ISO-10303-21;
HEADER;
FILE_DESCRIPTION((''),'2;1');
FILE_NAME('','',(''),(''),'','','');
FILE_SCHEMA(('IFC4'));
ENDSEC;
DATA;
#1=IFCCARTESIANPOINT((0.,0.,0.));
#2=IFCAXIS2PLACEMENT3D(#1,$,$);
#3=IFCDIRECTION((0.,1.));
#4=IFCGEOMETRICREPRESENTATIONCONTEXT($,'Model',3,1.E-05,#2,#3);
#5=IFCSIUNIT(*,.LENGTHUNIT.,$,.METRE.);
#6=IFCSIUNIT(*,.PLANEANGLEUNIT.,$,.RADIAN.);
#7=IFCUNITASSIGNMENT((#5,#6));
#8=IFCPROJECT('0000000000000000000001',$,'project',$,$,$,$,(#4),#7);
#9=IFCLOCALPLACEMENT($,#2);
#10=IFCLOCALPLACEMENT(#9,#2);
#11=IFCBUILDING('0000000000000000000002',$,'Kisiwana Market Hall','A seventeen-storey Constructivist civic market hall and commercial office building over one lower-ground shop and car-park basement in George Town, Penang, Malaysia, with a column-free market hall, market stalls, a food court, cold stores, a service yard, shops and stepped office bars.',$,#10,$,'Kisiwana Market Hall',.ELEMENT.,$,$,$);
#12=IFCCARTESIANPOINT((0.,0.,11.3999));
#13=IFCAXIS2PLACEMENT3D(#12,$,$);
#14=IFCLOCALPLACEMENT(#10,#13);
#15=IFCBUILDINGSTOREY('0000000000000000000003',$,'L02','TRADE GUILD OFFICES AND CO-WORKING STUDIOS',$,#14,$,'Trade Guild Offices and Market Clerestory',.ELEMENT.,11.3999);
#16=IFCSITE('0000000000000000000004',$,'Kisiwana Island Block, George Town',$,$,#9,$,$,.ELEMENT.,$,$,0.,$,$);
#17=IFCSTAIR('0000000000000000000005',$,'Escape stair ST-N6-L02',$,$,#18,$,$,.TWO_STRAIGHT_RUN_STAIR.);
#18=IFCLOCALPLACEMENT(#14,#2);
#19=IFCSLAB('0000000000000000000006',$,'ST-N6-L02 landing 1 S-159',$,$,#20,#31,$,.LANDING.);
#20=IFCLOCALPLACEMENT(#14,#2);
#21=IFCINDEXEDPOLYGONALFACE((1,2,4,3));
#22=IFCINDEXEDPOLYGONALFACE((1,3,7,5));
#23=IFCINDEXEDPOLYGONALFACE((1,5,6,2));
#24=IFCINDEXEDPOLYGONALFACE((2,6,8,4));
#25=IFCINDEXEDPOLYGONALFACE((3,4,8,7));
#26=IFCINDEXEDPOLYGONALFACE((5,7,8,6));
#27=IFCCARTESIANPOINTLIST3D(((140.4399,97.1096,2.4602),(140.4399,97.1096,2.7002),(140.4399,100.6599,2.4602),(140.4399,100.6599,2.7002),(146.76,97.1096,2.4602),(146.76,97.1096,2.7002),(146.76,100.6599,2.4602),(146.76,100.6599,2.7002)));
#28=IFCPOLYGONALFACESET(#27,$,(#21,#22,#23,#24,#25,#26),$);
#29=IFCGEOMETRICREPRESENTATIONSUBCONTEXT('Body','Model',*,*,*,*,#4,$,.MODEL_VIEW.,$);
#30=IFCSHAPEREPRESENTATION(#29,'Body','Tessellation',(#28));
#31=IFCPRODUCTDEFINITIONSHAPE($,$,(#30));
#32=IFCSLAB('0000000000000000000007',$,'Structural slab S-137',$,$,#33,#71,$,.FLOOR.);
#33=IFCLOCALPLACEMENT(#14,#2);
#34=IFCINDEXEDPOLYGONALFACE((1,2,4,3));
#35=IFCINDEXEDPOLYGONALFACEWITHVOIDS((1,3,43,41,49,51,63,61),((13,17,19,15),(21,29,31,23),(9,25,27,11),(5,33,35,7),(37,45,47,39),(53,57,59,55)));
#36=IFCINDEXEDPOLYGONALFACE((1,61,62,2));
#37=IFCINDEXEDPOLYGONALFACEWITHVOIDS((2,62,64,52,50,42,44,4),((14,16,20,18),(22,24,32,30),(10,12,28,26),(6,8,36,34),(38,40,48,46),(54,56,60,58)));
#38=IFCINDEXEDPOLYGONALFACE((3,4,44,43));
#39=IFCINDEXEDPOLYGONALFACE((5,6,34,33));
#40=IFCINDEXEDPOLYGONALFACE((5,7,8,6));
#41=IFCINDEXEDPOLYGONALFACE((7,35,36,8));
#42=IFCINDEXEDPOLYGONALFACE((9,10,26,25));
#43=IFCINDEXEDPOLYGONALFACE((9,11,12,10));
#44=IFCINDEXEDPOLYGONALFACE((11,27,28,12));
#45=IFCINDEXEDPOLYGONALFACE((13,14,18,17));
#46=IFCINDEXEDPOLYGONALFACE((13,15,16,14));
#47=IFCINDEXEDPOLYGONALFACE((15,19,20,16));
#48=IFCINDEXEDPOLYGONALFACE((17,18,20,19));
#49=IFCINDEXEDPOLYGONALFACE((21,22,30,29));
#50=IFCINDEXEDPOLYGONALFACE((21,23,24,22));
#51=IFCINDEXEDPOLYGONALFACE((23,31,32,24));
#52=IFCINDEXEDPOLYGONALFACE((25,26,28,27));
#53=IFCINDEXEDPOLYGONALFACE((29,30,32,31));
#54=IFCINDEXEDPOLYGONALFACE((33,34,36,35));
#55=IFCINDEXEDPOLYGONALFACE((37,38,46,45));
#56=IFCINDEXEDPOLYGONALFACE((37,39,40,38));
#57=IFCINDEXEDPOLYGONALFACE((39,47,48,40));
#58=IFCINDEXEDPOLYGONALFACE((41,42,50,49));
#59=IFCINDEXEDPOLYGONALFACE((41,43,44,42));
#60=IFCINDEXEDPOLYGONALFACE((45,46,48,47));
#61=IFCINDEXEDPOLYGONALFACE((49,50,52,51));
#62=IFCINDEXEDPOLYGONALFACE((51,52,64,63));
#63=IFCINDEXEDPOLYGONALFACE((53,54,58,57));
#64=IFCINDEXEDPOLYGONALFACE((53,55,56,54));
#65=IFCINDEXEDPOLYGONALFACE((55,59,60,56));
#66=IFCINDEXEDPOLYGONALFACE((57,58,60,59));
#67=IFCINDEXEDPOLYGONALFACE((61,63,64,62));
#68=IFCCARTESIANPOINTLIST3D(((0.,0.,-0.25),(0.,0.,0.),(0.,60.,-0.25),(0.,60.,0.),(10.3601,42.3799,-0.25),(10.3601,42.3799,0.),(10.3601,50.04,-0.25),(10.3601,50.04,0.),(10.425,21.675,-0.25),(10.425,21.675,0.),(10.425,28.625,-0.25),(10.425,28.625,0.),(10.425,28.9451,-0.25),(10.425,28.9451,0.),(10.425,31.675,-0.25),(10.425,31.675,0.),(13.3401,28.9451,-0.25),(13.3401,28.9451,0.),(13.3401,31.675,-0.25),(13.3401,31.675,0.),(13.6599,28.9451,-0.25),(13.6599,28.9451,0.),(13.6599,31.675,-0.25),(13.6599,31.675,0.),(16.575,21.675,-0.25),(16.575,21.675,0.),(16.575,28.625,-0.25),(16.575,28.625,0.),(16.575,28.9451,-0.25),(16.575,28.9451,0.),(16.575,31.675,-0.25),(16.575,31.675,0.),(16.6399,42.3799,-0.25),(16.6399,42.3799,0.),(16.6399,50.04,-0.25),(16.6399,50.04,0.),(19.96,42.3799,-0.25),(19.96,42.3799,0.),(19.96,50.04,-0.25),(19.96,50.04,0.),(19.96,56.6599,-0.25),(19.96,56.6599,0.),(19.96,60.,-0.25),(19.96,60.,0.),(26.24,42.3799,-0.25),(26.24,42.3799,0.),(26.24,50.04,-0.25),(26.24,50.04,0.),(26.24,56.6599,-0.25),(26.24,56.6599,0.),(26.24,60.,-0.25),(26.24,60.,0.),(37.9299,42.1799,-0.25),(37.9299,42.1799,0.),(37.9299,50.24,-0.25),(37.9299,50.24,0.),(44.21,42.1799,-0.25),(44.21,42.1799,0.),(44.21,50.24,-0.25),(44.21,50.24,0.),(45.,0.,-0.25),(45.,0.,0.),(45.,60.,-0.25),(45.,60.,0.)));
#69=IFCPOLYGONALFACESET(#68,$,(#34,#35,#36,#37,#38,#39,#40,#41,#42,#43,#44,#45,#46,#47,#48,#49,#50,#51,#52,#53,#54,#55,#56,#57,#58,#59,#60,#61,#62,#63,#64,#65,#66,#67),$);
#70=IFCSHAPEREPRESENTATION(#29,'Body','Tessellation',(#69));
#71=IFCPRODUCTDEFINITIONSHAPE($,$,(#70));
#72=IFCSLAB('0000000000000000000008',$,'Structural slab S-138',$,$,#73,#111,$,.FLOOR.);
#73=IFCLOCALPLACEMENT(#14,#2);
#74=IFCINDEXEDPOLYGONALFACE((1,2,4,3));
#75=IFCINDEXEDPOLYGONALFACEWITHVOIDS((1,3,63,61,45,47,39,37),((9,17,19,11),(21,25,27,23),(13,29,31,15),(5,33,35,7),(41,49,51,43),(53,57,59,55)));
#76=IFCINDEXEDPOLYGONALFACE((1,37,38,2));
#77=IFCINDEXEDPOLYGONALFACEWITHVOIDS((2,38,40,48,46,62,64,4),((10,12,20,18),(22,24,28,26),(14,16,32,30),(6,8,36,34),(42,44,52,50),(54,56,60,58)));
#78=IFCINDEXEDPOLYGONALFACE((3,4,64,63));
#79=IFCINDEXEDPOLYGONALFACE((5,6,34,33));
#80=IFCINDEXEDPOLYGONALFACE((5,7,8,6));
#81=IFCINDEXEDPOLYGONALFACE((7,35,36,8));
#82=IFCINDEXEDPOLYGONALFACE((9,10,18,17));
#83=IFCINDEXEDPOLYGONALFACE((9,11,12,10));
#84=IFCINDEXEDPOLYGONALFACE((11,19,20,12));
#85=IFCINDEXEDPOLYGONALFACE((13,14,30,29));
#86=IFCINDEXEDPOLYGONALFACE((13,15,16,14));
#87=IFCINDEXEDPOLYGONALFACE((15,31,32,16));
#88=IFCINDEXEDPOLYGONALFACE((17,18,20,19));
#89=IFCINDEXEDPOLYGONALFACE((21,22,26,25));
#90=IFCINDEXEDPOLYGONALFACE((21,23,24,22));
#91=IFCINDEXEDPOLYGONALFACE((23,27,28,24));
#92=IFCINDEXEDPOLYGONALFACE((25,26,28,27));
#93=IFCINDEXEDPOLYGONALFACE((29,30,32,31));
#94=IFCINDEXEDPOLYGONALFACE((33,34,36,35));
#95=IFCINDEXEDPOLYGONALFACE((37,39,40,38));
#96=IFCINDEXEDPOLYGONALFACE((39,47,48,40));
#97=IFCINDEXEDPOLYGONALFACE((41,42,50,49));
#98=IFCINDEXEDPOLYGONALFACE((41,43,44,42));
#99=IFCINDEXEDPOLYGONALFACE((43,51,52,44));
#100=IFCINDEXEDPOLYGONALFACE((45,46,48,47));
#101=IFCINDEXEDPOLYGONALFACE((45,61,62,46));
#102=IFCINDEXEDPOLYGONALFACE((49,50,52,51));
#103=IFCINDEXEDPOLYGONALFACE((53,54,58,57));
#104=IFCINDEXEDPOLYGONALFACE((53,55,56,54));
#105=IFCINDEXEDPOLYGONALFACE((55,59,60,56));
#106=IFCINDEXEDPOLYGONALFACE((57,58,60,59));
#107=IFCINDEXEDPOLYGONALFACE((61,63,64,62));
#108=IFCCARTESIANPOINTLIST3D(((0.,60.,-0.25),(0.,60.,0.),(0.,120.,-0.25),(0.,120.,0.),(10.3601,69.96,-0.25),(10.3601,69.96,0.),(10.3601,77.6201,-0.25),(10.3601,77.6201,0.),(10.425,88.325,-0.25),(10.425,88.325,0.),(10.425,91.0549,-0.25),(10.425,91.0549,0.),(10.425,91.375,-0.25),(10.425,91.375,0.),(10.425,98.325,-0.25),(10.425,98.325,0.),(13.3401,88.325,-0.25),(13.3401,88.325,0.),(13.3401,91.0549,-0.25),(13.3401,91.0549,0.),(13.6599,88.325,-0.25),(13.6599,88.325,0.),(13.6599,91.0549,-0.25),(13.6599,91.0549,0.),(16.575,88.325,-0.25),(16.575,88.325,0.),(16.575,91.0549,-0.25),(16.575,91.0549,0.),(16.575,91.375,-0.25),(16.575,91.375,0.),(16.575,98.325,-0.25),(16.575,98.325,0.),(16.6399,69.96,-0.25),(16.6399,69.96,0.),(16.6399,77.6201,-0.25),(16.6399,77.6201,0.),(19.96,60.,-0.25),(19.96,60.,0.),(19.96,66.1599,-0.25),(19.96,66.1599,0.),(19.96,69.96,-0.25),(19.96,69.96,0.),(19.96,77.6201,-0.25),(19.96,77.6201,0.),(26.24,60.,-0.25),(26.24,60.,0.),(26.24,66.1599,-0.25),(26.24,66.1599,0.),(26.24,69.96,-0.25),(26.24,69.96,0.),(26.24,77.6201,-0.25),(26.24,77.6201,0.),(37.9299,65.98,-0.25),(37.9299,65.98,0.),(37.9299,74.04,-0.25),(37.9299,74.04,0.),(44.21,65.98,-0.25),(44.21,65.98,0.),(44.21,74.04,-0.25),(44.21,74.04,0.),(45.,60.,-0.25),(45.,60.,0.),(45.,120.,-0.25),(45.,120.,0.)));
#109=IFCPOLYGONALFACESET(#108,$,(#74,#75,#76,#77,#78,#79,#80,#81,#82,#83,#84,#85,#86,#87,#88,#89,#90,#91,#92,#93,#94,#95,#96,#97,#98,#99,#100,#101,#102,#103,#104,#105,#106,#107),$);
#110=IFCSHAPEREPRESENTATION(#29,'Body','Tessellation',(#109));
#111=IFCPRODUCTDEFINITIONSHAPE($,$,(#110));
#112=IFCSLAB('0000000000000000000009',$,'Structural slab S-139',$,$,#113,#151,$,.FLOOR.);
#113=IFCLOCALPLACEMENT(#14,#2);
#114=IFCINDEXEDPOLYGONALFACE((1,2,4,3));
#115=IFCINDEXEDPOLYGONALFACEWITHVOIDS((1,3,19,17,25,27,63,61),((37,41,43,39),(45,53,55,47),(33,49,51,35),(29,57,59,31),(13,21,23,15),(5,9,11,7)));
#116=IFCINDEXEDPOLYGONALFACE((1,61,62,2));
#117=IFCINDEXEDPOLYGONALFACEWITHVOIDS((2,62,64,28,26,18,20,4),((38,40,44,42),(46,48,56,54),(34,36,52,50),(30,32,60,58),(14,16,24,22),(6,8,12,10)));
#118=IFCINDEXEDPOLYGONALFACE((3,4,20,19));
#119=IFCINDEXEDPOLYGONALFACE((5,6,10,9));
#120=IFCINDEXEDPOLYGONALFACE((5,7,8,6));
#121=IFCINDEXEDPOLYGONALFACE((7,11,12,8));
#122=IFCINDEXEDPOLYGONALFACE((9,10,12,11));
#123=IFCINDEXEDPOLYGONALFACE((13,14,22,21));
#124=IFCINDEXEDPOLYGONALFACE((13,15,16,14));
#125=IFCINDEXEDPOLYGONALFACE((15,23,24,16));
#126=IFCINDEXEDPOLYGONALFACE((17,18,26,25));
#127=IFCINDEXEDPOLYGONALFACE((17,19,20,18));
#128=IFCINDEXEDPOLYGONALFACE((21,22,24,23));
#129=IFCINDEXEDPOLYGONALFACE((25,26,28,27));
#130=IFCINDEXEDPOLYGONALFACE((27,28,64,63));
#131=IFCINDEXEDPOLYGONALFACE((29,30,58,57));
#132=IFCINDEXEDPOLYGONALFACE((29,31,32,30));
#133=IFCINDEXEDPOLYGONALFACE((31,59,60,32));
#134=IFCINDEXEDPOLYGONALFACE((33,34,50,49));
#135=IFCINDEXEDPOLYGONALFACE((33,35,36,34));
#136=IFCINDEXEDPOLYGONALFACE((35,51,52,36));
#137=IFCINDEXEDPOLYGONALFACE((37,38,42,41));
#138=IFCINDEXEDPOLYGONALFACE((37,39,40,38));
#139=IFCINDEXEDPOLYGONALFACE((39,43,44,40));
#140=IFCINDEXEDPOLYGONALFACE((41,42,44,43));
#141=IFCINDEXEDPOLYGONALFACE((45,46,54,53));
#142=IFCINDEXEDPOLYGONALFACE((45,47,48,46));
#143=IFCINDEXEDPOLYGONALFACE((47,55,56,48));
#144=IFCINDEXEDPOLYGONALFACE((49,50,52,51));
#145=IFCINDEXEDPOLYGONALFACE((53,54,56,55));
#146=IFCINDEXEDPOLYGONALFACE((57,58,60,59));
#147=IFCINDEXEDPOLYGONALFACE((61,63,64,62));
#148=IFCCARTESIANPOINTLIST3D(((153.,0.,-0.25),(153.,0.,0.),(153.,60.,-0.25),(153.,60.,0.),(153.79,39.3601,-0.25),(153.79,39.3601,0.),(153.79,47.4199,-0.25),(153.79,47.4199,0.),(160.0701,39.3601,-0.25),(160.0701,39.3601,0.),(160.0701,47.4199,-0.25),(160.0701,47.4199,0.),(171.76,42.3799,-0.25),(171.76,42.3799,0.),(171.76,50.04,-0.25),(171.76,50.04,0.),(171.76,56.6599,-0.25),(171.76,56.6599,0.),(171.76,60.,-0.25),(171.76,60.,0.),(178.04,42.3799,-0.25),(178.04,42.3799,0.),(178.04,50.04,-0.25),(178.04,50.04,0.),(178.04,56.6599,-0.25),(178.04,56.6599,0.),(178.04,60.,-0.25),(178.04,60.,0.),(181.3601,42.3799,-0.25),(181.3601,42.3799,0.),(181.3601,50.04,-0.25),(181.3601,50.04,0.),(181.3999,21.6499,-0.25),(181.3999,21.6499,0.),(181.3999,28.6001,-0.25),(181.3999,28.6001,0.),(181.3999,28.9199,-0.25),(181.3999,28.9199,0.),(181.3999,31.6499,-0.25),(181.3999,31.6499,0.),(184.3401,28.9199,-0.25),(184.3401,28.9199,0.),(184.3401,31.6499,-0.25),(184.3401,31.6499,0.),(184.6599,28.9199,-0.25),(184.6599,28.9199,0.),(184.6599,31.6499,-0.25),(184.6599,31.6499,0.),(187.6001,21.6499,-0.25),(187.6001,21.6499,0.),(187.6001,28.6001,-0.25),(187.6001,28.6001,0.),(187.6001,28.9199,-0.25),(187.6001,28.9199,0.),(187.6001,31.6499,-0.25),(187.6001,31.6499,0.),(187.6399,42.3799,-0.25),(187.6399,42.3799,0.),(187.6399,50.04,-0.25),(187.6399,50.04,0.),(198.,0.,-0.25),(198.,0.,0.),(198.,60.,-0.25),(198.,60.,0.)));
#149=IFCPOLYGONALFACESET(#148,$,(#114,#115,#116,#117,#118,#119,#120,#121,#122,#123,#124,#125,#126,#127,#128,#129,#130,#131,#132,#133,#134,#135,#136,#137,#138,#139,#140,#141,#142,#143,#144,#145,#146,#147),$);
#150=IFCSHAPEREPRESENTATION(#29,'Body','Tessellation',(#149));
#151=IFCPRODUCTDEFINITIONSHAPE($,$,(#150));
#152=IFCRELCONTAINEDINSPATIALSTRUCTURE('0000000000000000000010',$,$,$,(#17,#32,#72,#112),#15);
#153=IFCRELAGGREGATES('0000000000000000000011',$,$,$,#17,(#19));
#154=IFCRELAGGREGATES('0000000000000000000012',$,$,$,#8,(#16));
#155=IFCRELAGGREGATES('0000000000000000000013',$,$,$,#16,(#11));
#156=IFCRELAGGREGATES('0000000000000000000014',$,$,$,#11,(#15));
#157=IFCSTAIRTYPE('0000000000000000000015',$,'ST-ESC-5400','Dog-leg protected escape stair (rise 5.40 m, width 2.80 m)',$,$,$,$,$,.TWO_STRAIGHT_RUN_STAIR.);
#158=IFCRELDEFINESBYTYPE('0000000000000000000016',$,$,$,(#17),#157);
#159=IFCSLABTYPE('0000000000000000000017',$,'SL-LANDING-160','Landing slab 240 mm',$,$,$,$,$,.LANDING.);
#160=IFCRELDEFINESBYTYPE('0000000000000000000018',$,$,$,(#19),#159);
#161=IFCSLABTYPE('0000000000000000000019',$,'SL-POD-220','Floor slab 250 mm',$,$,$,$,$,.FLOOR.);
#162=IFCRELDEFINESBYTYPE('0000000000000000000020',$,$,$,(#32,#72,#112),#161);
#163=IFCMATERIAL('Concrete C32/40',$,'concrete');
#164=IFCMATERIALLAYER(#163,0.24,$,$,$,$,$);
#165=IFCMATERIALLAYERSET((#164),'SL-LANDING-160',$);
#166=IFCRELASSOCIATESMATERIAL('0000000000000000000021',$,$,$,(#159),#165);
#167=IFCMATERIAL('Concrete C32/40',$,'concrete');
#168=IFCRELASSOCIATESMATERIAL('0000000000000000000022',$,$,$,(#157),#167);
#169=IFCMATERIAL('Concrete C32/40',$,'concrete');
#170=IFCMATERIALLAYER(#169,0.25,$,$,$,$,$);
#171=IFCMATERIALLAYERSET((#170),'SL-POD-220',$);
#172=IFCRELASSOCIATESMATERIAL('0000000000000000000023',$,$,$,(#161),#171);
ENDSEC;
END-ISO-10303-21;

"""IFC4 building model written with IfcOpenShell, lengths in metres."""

from ifc_helpers import new_model, si_unit, direction, frame, origin, place, context, subcontext, project, spatial, polyline, outline, extrude, material, layer, layer_set, type_object, element, aggregate, save


model = new_model("IFC4")

# Units and contexts
model_context = context("Model", 3, precision=1e-05, world=origin(), true_north=direction((0.0, 1.0)))
body_context = subcontext(model_context, "Body", "Model", "MODEL_VIEW")
ifc_project = project(units=[si_unit("LENGTHUNIT", "METRE"), si_unit("PLANEANGLEUNIT", "RADIAN")], contexts=[model_context])

# Site, building, storey
site_placement = place(None, origin())
site = spatial("IfcSite", under=ifc_project, at=site_placement, Name="Kisiwana Island Block, George Town", CompositionType="ELEMENT", RefElevation=0.0)
building_placement = place(site_placement, origin())
building = spatial("IfcBuilding", under=site, at=building_placement, Name="Kisiwana Market Hall", Description="A seventeen-storey Constructivist civic market hall and commercial office building over one lower-ground shop and car-park basement in George Town, Penang, Malaysia, with a column-free market hall, market stalls, a food court, cold stores, a service yard, shops and stepped office bars.", LongName="Kisiwana Market Hall", CompositionType="ELEMENT")
storey_placement = place(building_placement, frame((0.0, 0.0, 11.3999)))
storey = spatial("IfcBuildingStorey", under=building, at=storey_placement, Name="L02", Description="TRADE GUILD OFFICES AND CO-WORKING STUDIOS", LongName="Trade Guild Offices and Market Clerestory", CompositionType="ELEMENT", Elevation=11.3999)

# Stair, slab
ifc_material_1 = material(Name="Concrete C32/40", Category="concrete")
ifc_layer_1 = layer(ifc_material_1, 0.24)
ifc_layer_set_1 = layer_set([ifc_layer_1], Name="SL-LANDING-160")
slab_type_1 = type_object("IfcSlabType", Name="SL-LANDING-160", Description="Landing slab 240 mm", PredefinedType="LANDING", material=ifc_layer_set_1)
ifc_material_2 = material(Name="Concrete C32/40", Category="concrete")
stair_type_1 = type_object("IfcStairType", Name="ST-ESC-5400", Description="Dog-leg protected escape stair (rise 5.40 m, width 2.80 m)", PredefinedType="TWO_STRAIGHT_RUN_STAIR", material=ifc_material_2)
stair_1_placement = place(storey_placement, origin())
stair_1 = element("IfcStair", 1, at=stair_1_placement, inside=storey, type_object=stair_type_1, Name="Escape stair ST-N6-L02", PredefinedType="TWO_STRAIGHT_RUN_STAIR")
slab_1_placement = place(storey_placement, frame((0.0, 0.0, 2.4602)))
slab_1 = element("IfcSlab", 2, at=slab_1_placement, type_object=slab_type_1, Name="ST-N6-L02 landing 1 S-159", PredefinedType="LANDING", context=body_context, shape_type="SweptSolid", body=[
    extrude(outline(polyline([(140.4399, 97.1096), (146.76, 97.1096), (146.76, 100.6599), (140.4399, 100.6599), (140.4399, 97.1096)])), origin(), (0.0, 0.0, 1.0), 0.24),
])
aggregate(stair_1, [slab_1])

# Slabs
ifc_material_3 = material(Name="Concrete C32/40", Category="concrete")
ifc_layer_2 = layer(ifc_material_3, 0.25)
ifc_layer_set_2 = layer_set([ifc_layer_2], Name="SL-POD-220")
slab_type_2 = type_object("IfcSlabType", Name="SL-POD-220", Description="Floor slab 250 mm", PredefinedType="FLOOR", material=ifc_layer_set_2)
slab_2_placement = place(storey_placement, frame((0.0, 0.0, -0.25)))
element("IfcSlab", 3, at=slab_2_placement, inside=storey, type_object=slab_type_2, Name="Structural slab S-137", PredefinedType="FLOOR", context=body_context, shape_type="SweptSolid", body=[
    extrude(outline(polyline([(0.0, 0.0), (45.0, 0.0), (45.0, 60.0), (26.24, 60.0), (26.24, 56.6599), (19.96, 56.6599), (19.96, 60.0), (0.0, 60.0), (0.0, 0.0)]), holes=[polyline([(10.425, 21.675), (16.575, 21.675), (16.575, 28.625), (10.425, 28.625), (10.425, 21.675)]), polyline([(10.425, 28.9451), (13.3401, 28.9451), (13.3401, 31.675), (10.425, 31.675), (10.425, 28.9451)]), polyline([(13.6599, 28.9451), (16.575, 28.9451), (16.575, 31.675), (13.6599, 31.675), (13.6599, 28.9451)]), polyline([(10.3601, 42.3799), (16.6399, 42.3799), (16.6399, 50.04), (10.3601, 50.04), (10.3601, 42.3799)]), polyline([(19.96, 42.3799), (26.24, 42.3799), (26.24, 50.04), (19.96, 50.04), (19.96, 42.3799)]), polyline([(37.9299, 42.1799), (44.21, 42.1799), (44.21, 50.24), (37.9299, 50.24), (37.9299, 42.1799)])]), origin(), (0.0, 0.0, 1.0), 0.25),
])
slab_3_placement = place(storey_placement, frame((0.0, 0.0, -0.25)))
element("IfcSlab", 4, at=slab_3_placement, inside=storey, type_object=slab_type_2, Name="Structural slab S-138", PredefinedType="FLOOR", context=body_context, shape_type="SweptSolid", body=[
    extrude(outline(polyline([(0.0, 60.0), (19.96, 60.0), (19.96, 66.1599), (26.24, 66.1599), (26.24, 60.0), (45.0, 60.0), (45.0, 120.0), (0.0, 120.0), (0.0, 60.0)]), holes=[polyline([(10.425, 91.375), (16.575, 91.375), (16.575, 98.325), (10.425, 98.325), (10.425, 91.375)]), polyline([(10.425, 88.325), (13.3401, 88.325), (13.3401, 91.0549), (10.425, 91.0549), (10.425, 88.325)]), polyline([(13.6599, 88.325), (16.575, 88.325), (16.575, 91.0549), (13.6599, 91.0549), (13.6599, 88.325)]), polyline([(10.3601, 69.96), (16.6399, 69.96), (16.6399, 77.6201), (10.3601, 77.6201), (10.3601, 69.96)]), polyline([(19.96, 69.96), (26.24, 69.96), (26.24, 77.6201), (19.96, 77.6201), (19.96, 69.96)]), polyline([(37.9299, 65.98), (44.21, 65.98), (44.21, 74.04), (37.9299, 74.04), (37.9299, 65.98)])]), origin(), (0.0, 0.0, 1.0), 0.25),
])
slab_4_placement = place(storey_placement, frame((0.0, 0.0, -0.25)))
element("IfcSlab", 5, at=slab_4_placement, inside=storey, type_object=slab_type_2, Name="Structural slab S-139", PredefinedType="FLOOR", context=body_context, shape_type="SweptSolid", body=[
    extrude(outline(polyline([(153.0, 0.0), (198.0, 0.0), (198.0, 60.0), (178.04, 60.0), (178.04, 56.6599), (171.76, 56.6599), (171.76, 60.0), (153.0, 60.0), (153.0, 0.0)]), holes=[polyline([(181.3999, 21.6499), (187.6001, 21.6499), (187.6001, 28.6001), (181.3999, 28.6001), (181.3999, 21.6499)]), polyline([(181.3999, 28.9199), (184.3401, 28.9199), (184.3401, 31.6499), (181.3999, 31.6499), (181.3999, 28.9199)]), polyline([(184.6599, 28.9199), (187.6001, 28.9199), (187.6001, 31.6499), (184.6599, 31.6499), (184.6599, 28.9199)]), polyline([(181.3601, 42.3799), (187.6399, 42.3799), (187.6399, 50.04), (181.3601, 50.04), (181.3601, 42.3799)]), polyline([(171.76, 42.3799), (178.04, 42.3799), (178.04, 50.04), (171.76, 50.04), (171.76, 42.3799)]), polyline([(153.79, 39.3601), (160.0701, 39.3601), (160.0701, 47.4199), (153.79, 47.4199), (153.79, 39.3601)])]), origin(), (0.0, 0.0, 1.0), 0.25),
])

save(model, "model.ifc")
